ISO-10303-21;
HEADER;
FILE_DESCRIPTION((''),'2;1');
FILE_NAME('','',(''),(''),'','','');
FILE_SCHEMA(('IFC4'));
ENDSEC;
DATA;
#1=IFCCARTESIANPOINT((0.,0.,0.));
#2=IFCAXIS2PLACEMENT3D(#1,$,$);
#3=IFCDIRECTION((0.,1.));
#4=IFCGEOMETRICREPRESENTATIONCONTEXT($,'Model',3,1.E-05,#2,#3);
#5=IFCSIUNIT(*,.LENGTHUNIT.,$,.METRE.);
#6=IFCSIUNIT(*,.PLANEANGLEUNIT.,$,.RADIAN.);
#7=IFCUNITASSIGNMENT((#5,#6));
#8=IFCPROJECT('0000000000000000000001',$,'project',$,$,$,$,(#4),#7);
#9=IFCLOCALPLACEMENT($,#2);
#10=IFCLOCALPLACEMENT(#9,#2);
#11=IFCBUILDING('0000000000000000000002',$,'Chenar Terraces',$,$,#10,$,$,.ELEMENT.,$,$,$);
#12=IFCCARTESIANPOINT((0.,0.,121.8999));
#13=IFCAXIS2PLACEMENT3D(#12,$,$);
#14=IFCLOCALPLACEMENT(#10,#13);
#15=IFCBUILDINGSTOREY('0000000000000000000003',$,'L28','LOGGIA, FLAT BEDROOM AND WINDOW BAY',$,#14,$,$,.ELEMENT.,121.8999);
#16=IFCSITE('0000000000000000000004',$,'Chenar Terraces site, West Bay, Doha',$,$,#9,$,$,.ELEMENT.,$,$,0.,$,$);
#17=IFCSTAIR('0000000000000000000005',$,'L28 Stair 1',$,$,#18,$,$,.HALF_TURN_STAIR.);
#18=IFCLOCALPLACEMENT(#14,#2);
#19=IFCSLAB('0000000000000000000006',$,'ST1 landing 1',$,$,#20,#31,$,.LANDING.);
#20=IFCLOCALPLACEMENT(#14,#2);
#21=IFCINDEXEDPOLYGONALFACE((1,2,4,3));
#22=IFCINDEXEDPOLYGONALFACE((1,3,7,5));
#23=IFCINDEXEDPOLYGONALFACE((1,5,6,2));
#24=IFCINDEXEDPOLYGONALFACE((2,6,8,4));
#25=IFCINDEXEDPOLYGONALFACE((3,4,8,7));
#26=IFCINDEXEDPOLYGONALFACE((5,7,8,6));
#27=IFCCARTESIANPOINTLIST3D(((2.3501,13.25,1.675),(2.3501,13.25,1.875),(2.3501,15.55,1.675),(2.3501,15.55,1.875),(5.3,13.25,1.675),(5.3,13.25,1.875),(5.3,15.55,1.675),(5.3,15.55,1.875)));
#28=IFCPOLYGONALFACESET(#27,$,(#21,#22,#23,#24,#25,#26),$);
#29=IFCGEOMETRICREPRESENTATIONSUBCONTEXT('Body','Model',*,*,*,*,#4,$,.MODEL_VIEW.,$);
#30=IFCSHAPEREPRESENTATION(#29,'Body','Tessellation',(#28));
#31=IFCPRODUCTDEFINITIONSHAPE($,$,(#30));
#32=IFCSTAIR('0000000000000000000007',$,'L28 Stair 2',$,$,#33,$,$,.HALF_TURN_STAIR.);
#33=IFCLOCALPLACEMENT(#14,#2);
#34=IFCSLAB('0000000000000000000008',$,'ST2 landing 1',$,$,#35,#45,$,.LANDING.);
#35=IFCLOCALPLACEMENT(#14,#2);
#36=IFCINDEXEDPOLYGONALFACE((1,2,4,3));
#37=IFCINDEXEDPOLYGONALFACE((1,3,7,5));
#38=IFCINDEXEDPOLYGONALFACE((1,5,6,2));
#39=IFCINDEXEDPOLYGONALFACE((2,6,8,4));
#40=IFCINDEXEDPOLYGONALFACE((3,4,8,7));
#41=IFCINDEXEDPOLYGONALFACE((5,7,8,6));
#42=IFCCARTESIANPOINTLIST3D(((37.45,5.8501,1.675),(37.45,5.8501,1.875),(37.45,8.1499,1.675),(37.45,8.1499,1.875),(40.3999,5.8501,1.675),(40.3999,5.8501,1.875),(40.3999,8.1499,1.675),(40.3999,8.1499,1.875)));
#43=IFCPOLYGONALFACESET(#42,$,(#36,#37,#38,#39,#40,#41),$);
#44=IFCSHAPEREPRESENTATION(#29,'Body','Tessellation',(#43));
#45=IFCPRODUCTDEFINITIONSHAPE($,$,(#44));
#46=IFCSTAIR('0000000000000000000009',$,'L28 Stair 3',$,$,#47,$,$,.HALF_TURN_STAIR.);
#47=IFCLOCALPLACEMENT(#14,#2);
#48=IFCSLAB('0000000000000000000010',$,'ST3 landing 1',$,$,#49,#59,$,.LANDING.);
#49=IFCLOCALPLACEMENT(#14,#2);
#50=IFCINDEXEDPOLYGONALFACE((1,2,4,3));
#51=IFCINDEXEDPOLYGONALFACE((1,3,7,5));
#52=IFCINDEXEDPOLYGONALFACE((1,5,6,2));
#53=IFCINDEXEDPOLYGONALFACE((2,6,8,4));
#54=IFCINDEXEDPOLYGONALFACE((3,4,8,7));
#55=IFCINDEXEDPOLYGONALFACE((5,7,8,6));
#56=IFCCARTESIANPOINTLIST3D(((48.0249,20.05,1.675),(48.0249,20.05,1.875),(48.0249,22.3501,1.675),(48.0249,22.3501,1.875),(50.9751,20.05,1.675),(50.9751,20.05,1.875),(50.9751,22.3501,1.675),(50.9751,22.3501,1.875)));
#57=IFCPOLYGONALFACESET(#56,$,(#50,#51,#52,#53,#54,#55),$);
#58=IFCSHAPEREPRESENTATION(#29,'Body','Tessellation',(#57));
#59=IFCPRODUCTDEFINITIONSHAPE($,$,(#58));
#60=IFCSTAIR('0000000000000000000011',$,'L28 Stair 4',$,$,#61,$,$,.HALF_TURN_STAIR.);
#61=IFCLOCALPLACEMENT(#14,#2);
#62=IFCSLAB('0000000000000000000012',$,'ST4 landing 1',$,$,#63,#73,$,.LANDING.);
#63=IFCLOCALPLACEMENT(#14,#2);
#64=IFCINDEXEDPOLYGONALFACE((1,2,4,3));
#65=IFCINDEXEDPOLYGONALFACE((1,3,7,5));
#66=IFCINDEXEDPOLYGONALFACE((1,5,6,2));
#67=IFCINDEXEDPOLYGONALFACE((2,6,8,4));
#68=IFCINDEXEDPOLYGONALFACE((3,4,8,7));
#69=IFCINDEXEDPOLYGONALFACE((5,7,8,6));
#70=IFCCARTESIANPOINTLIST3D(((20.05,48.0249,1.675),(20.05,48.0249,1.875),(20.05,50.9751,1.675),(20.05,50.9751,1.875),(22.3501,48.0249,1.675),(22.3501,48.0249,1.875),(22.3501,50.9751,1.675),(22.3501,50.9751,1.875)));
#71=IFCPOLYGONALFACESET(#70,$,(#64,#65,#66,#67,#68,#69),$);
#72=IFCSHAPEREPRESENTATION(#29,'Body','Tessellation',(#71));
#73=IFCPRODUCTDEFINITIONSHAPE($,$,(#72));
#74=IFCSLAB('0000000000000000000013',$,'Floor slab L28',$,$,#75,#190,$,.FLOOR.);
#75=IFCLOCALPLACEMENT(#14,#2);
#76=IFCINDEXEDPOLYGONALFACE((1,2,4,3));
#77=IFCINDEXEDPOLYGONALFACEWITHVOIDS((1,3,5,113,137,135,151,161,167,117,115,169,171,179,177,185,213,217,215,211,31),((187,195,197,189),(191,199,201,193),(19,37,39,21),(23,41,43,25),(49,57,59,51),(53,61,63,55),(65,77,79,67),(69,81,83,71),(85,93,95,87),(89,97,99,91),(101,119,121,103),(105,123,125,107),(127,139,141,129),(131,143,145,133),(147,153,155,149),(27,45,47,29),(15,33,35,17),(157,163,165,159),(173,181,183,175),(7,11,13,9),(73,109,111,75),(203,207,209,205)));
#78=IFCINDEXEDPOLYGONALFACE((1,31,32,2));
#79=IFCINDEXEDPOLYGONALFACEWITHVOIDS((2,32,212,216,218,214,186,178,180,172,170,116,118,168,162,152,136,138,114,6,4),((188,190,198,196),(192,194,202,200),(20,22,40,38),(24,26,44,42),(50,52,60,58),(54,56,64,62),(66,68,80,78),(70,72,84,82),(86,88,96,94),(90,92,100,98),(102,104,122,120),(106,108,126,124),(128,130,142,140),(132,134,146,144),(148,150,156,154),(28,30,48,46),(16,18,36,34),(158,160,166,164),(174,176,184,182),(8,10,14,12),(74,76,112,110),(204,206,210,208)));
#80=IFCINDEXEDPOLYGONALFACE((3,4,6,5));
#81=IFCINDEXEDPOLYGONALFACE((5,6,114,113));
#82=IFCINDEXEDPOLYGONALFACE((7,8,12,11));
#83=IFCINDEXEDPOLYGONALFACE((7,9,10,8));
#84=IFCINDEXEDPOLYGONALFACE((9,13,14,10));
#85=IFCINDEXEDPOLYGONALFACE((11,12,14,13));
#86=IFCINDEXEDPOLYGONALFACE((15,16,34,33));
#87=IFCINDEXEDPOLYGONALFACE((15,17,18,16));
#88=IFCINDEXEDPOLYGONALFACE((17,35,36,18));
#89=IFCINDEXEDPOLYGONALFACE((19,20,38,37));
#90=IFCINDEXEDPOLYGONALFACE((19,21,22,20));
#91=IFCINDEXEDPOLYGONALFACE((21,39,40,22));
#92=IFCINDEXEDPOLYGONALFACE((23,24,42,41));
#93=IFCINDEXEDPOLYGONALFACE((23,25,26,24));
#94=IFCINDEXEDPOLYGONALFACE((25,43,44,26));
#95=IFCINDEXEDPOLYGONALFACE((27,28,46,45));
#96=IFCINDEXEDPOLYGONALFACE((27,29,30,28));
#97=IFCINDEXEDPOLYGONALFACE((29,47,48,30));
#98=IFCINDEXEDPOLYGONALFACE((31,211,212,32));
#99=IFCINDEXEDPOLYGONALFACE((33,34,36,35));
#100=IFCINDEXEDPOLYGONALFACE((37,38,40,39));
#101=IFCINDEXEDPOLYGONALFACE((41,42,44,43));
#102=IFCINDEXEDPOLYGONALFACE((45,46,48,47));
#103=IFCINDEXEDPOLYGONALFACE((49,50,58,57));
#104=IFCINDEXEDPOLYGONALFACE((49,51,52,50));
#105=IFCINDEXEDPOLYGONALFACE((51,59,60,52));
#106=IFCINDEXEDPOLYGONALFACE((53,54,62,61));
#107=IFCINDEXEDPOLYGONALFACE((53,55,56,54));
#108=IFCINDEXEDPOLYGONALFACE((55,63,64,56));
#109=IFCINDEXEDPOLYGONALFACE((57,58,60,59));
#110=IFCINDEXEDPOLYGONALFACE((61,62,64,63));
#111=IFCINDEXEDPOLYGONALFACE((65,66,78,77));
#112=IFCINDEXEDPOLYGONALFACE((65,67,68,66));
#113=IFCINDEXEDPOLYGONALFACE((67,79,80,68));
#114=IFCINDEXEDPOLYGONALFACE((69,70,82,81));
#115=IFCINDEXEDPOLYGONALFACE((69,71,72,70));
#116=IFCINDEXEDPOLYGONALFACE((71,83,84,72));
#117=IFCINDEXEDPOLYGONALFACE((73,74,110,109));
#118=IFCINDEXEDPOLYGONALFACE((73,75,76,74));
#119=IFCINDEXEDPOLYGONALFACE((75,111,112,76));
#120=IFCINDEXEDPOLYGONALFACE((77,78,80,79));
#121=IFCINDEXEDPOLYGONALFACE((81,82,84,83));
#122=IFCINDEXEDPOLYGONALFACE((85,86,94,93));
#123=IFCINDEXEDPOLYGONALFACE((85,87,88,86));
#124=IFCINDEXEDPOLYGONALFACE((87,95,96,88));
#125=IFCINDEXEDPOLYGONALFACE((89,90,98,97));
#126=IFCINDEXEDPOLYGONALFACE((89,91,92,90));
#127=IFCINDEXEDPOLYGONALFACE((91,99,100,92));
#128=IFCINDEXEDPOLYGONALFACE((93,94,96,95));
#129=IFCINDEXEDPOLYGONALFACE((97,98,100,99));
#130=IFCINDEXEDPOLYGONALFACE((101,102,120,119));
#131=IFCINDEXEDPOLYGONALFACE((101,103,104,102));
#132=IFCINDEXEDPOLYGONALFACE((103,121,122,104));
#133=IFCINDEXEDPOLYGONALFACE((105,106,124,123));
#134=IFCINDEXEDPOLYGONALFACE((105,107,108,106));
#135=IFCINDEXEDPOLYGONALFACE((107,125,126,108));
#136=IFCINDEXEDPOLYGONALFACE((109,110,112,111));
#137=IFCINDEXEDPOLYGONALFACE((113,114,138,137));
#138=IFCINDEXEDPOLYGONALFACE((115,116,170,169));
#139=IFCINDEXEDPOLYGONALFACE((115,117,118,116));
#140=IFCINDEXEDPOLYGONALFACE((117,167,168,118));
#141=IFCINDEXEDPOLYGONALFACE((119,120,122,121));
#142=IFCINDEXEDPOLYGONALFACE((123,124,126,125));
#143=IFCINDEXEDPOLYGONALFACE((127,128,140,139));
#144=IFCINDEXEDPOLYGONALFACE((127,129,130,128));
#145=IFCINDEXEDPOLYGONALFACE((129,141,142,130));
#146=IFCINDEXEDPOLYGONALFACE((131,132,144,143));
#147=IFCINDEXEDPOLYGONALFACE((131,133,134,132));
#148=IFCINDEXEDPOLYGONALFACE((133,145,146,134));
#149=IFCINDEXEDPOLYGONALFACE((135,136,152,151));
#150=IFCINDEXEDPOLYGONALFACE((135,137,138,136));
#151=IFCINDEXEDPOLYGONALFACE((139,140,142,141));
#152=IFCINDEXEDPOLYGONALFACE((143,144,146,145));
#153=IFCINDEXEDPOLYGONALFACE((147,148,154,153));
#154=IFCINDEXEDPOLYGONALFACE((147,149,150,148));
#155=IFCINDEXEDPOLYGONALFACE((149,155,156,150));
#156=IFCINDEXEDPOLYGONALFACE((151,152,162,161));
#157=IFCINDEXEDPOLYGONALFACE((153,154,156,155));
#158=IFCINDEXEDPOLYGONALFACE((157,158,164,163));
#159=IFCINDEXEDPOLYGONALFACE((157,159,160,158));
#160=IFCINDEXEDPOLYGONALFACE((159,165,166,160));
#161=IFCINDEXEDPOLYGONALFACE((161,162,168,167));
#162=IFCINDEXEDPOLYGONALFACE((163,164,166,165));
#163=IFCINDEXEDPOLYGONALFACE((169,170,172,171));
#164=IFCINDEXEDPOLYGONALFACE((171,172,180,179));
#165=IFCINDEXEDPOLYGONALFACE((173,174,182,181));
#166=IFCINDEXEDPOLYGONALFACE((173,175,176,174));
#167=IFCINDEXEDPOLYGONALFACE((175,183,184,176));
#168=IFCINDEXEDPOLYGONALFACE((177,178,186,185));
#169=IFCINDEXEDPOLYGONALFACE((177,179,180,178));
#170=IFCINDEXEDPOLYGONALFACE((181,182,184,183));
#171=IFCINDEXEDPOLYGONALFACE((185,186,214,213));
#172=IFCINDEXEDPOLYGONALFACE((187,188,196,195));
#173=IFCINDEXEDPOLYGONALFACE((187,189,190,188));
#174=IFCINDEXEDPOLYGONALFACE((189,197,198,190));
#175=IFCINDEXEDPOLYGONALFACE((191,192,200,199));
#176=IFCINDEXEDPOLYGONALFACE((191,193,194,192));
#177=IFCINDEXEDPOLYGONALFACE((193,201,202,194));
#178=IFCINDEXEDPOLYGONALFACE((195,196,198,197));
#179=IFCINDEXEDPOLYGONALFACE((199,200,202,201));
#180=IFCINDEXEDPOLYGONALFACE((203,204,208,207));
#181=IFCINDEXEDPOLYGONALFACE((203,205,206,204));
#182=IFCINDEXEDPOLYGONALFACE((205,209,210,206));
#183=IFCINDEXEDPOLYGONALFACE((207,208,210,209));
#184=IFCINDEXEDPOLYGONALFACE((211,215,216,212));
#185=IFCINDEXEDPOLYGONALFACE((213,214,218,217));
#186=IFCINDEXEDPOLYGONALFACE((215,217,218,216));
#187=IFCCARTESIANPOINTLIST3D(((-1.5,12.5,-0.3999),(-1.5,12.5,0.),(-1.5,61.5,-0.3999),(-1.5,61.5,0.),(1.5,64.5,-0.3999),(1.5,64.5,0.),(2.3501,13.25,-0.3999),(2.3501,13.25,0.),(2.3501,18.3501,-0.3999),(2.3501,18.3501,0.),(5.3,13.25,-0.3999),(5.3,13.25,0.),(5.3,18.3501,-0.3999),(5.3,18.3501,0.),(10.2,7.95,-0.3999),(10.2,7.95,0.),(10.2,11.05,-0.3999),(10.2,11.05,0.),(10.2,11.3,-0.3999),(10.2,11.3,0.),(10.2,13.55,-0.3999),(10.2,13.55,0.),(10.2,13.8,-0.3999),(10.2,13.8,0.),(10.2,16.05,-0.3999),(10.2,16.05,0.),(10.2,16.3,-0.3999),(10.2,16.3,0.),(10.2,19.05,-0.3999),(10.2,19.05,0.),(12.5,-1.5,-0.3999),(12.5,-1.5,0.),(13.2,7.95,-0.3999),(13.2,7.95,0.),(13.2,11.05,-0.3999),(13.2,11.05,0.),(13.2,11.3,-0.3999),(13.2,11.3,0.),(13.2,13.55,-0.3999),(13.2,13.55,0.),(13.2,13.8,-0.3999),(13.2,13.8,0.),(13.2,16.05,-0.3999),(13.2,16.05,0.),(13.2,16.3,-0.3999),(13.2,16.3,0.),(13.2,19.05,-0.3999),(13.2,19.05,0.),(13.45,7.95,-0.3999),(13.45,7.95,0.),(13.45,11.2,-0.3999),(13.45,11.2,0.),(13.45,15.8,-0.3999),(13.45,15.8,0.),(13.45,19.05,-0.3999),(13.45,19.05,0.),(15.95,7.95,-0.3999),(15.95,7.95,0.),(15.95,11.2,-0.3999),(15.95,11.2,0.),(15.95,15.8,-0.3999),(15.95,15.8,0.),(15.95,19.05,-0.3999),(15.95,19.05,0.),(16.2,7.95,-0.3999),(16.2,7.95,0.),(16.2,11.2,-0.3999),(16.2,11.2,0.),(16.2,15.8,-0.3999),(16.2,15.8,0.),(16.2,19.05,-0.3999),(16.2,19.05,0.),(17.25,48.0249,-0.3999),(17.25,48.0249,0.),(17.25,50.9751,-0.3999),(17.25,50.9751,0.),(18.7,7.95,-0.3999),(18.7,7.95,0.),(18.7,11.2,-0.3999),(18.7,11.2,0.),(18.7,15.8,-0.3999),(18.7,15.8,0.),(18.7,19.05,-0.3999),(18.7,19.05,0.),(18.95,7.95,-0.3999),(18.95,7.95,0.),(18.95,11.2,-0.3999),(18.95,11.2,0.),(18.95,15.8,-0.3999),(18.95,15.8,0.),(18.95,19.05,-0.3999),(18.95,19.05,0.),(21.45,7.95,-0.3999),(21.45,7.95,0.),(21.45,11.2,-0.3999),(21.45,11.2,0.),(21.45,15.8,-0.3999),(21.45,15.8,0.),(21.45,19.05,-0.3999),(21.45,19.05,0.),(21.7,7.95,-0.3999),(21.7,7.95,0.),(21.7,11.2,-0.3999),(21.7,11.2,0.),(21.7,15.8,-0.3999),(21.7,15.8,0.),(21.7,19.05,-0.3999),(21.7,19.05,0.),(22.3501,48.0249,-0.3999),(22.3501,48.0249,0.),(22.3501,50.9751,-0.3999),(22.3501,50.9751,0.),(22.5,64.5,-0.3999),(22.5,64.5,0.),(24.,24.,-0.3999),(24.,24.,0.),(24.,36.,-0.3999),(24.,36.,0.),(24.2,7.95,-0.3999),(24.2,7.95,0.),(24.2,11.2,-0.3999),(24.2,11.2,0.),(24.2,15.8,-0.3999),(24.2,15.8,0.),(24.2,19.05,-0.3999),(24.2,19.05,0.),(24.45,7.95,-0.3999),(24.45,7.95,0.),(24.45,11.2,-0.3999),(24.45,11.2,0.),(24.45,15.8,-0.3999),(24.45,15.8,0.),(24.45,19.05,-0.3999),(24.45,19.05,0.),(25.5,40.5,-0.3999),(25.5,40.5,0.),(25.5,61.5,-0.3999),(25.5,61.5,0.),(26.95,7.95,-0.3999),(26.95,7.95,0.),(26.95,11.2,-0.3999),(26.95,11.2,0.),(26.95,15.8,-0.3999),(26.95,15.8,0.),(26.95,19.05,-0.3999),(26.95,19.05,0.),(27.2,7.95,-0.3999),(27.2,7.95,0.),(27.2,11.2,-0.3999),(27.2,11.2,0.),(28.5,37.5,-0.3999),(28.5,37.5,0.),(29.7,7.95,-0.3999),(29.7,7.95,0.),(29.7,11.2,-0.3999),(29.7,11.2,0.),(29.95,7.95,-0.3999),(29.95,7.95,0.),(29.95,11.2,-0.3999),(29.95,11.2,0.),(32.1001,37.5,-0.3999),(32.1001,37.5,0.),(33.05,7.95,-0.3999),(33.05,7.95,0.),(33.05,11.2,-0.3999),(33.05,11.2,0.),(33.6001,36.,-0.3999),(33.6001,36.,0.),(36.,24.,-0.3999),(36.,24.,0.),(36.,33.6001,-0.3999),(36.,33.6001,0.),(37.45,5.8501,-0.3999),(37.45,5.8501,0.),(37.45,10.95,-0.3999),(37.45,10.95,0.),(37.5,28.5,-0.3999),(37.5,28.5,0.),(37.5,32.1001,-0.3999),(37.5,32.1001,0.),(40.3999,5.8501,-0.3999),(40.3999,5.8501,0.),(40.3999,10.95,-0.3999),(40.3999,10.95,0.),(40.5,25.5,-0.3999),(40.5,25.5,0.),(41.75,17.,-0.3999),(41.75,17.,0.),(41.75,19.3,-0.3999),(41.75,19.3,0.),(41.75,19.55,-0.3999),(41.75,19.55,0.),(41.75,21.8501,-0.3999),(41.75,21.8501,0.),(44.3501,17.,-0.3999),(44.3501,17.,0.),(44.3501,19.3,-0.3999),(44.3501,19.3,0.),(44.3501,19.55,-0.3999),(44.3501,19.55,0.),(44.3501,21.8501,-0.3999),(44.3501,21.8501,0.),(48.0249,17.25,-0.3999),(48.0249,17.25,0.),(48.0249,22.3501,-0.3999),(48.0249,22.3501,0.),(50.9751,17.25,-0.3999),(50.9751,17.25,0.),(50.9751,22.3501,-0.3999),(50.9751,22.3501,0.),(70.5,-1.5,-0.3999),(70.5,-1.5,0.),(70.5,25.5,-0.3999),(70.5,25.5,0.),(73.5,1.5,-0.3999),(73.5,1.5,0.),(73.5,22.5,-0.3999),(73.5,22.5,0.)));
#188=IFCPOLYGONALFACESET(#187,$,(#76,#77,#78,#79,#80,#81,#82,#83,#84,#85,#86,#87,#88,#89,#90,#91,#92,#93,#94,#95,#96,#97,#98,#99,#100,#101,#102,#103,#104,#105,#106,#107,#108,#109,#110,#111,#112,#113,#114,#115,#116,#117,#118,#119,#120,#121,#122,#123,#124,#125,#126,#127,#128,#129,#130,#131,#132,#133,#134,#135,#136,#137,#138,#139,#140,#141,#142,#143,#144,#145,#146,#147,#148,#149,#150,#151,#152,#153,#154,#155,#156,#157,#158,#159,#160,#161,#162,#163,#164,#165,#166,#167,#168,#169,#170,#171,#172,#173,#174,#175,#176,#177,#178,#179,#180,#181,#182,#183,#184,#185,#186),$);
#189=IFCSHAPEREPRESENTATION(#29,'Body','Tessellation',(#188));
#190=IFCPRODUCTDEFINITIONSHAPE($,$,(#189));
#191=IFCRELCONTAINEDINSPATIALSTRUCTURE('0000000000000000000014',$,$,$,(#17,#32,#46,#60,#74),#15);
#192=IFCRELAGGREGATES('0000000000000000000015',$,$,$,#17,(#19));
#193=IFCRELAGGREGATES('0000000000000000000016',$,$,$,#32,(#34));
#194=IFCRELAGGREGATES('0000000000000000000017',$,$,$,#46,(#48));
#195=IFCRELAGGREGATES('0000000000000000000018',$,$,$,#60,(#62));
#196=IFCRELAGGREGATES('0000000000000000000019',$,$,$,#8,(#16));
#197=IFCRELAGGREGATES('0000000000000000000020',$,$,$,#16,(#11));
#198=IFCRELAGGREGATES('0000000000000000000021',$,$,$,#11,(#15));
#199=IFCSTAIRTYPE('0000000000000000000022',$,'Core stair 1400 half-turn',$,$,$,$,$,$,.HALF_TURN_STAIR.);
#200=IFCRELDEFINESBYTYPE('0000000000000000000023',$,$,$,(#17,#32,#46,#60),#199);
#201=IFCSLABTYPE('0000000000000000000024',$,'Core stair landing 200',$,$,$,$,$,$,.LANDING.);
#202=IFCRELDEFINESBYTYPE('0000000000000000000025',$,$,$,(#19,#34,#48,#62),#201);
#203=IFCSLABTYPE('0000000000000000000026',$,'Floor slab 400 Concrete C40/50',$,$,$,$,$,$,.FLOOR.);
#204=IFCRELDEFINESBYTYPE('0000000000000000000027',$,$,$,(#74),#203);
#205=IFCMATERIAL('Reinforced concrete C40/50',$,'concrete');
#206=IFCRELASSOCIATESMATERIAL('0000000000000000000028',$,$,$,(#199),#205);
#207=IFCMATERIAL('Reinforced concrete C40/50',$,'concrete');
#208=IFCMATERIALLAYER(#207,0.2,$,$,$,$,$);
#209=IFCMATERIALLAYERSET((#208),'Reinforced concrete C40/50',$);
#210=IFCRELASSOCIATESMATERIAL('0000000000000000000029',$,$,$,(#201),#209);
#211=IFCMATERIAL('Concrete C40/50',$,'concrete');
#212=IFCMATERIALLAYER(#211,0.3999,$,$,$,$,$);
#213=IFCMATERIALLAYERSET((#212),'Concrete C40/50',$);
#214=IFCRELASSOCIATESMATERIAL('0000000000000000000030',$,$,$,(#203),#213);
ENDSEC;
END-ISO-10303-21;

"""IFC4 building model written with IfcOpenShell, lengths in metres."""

from ifc_helpers import new_model, si_unit, direction, frame, origin, place, context, subcontext, project, spatial, polyline, outline, extrude, material, layer, layer_set, type_object, element, aggregate, save


model = new_model("IFC4")

# Units and contexts
model_context = context("Model", 3, precision=1e-05, world=origin(), true_north=direction((0.0, 1.0)))
body_context = subcontext(model_context, "Body", "Model", "MODEL_VIEW")
ifc_project = project(units=[si_unit("LENGTHUNIT", "METRE"), si_unit("PLANEANGLEUNIT", "RADIAN")], contexts=[model_context])

# Site, building, storey
site_placement = place(None, origin())
site = spatial("IfcSite", under=ifc_project, at=site_placement, Name="Chenar Terraces site, West Bay, Doha", CompositionType="ELEMENT", RefElevation=0.0)
building_placement = place(site_placement, origin())
building = spatial("IfcBuilding", under=site, at=building_placement, Name="Chenar Terraces", CompositionType="ELEMENT")
storey_placement = place(building_placement, frame((0.0, 0.0, 121.8999)))
storey = spatial("IfcBuildingStorey", under=building, at=storey_placement, Name="L28", Description="LOGGIA, FLAT BEDROOM AND WINDOW BAY", CompositionType="ELEMENT", Elevation=121.8999)

# Stairs, slabs
ifc_material_1 = material(Name="Reinforced concrete C40/50", Category="concrete")
stair_type = type_object("IfcStairType", Name="Core stair 1400 half-turn", PredefinedType="HALF_TURN_STAIR", material=ifc_material_1)
placement_1 = place(storey_placement, origin())
stair_1 = element("IfcStair", 1, at=placement_1, inside=storey, type_object=stair_type, Name="L28 Stair 1", PredefinedType="HALF_TURN_STAIR")
ifc_material_2 = material(Name="Reinforced concrete C40/50", Category="concrete")
ifc_layer_1 = layer(ifc_material_2, 0.2)
ifc_layer_set_1 = layer_set([ifc_layer_1], Name="Reinforced concrete C40/50")
slab_type_1 = type_object("IfcSlabType", Name="Core stair landing 200", PredefinedType="LANDING", material=ifc_layer_set_1)
placement_2 = place(storey_placement, frame((0.0, 0.0, 1.675)))
slab_1 = element("IfcSlab", 2, at=placement_2, type_object=slab_type_1, Name="ST1 landing 1", PredefinedType="LANDING", context=body_context, shape_type="SweptSolid", body=[
    extrude(outline(polyline([(2.3501, 15.55), (2.3501, 13.25), (5.3, 13.25), (5.3, 15.55), (2.3501, 15.55)])), origin(), (0.0, 0.0, 1.0), 0.2),
])
aggregate(stair_1, [slab_1])
stair_2 = element("IfcStair", 3, at=placement_1, inside=storey, type_object=stair_type, Name="L28 Stair 2", PredefinedType="HALF_TURN_STAIR")
slab_2 = element("IfcSlab", 4, at=placement_2, type_object=slab_type_1, Name="ST2 landing 1", PredefinedType="LANDING", context=body_context, shape_type="SweptSolid", body=[
    extrude(outline(polyline([(37.45, 8.1499), (37.45, 5.8501), (40.3999, 5.8501), (40.3999, 8.1499), (37.45, 8.1499)])), origin(), (0.0, 0.0, 1.0), 0.2),
])
aggregate(stair_2, [slab_2])
stair_3 = element("IfcStair", 5, at=placement_1, inside=storey, type_object=stair_type, Name="L28 Stair 3", PredefinedType="HALF_TURN_STAIR")
slab_3 = element("IfcSlab", 6, at=placement_2, type_object=slab_type_1, Name="ST3 landing 1", PredefinedType="LANDING", context=body_context, shape_type="SweptSolid", body=[
    extrude(outline(polyline([(50.9751, 20.05), (50.9751, 22.3501), (48.0249, 22.3501), (48.0249, 20.05), (50.9751, 20.05)])), origin(), (0.0, 0.0, 1.0), 0.2),
])
aggregate(stair_3, [slab_3])
stair_4 = element("IfcStair", 7, at=placement_1, inside=storey, type_object=stair_type, Name="L28 Stair 4", PredefinedType="HALF_TURN_STAIR")
slab_4 = element("IfcSlab", 8, at=placement_2, type_object=slab_type_1, Name="ST4 landing 1", PredefinedType="LANDING", context=body_context, shape_type="SweptSolid", body=[
    extrude(outline(polyline([(20.05, 48.0249), (22.3501, 48.0249), (22.3501, 50.9751), (20.05, 50.9751), (20.05, 48.0249)])), origin(), (0.0, 0.0, 1.0), 0.2),
])
aggregate(stair_4, [slab_4])

# Slab
ifc_material_3 = material(Name="Concrete C40/50", Category="concrete")
ifc_layer_2 = layer(ifc_material_3, 0.3999)
ifc_layer_set_2 = layer_set([ifc_layer_2], Name="Concrete C40/50")
slab_type_2 = type_object("IfcSlabType", Name="Floor slab 400 Concrete C40/50", PredefinedType="FLOOR", material=ifc_layer_set_2)
slab_5_placement = place(storey_placement, frame((0.0, 0.0, -0.3999)))
element("IfcSlab", 9, at=slab_5_placement, inside=storey, type_object=slab_type_2, Name="Floor slab L28", PredefinedType="FLOOR", context=body_context, shape_type="SweptSolid", body=[
    extrude(outline(polyline([(73.5, 22.5), (73.5, 1.5), (70.5, -1.5), (12.5, -1.5), (-1.5, 12.5), (-1.5, 61.5), (1.5, 64.5), (22.5, 64.5), (25.5, 61.5), (25.5, 40.5), (28.5, 37.5), (32.1001, 37.5), (33.6001, 36.0), (24.0, 36.0), (24.0, 24.0), (36.0, 24.0), (36.0, 33.6001), (37.5, 32.1001), (37.5, 28.5), (40.5, 25.5), (70.5, 25.5), (73.5, 22.5)]), holes=[polyline([(13.2, 11.05), (10.2, 11.05), (10.2, 7.95), (13.2, 7.95), (13.2, 11.05)]), polyline([(15.95, 11.2), (13.45, 11.2), (13.45, 7.95), (15.95, 7.95), (15.95, 11.2)]), polyline([(18.7, 11.2), (16.2, 11.2), (16.2, 7.95), (18.7, 7.95), (18.7, 11.2)]), polyline([(21.45, 7.95), (21.45, 11.2), (18.95, 11.2), (18.95, 7.95), (21.45, 7.95)]), polyline([(13.2, 11.3), (13.2, 13.55), (10.2, 13.55), (10.2, 11.3), (13.2, 11.3)]), polyline([(13.2, 16.05), (10.2, 16.05), (10.2, 13.8), (13.2, 13.8), (13.2, 16.05)]), polyline([(2.3501, 18.3501), (2.3501, 13.25), (5.3, 13.25), (5.3, 18.3501), (2.3501, 18.3501)]), polyline([(15.95, 15.8), (15.95, 19.05), (13.45, 19.05), (13.45, 15.8), (15.95, 15.8)]), polyline([(18.7, 19.05), (16.2, 19.05), (16.2, 15.8), (18.7, 15.8), (18.7, 19.05)]), polyline([(21.45, 15.8), (21.45, 19.05), (18.95, 19.05), (18.95, 15.8), (21.45, 15.8)]), polyline([(13.2, 16.3), (13.2, 19.05), (10.2, 19.05), (10.2, 16.3), (13.2, 16.3)]), polyline([(22.3501, 48.0249), (22.3501, 50.9751), (17.25, 50.9751), (17.25, 48.0249), (22.3501, 48.0249)]), polyline([(37.45, 10.95), (37.45, 5.8501), (40.3999, 5.8501), (40.3999, 10.95), (37.45, 10.95)]), polyline([(24.2, 7.95), (24.2, 11.2), (21.7, 11.2), (21.7, 7.95), (24.2, 7.95)]), polyline([(26.95, 11.2), (24.45, 11.2), (24.45, 7.95), (26.95, 7.95), (26.95, 11.2)]), polyline([(29.7, 7.95), (29.7, 11.2), (27.2, 11.2), (27.2, 7.95), (29.7, 7.95)]), polyline([(33.05, 7.95), (33.05, 11.2), (29.95, 11.2), (29.95, 7.95), (33.05, 7.95)]), polyline([(24.2, 19.05), (21.7, 19.05), (21.7, 15.8), (24.2, 15.8), (24.2, 19.05)]), polyline([(26.95, 15.8), (26.95, 19.05), (24.45, 19.05), (24.45, 15.8), (26.95, 15.8)]), polyline([(44.3501, 17.0), (44.3501, 19.3), (41.75, 19.3), (41.75, 17.0), (44.3501, 17.0)]), polyline([(50.9751, 22.3501), (48.0249, 22.3501), (48.0249, 17.25), (50.9751, 17.25), (50.9751, 22.3501)]), polyline([(44.3501, 19.55), (44.3501, 21.8501), (41.75, 21.8501), (41.75, 19.55), (44.3501, 19.55)])]), origin(), (0.0, 0.0, 1.0), 0.3999),
])

save(model, "model.ifc")
